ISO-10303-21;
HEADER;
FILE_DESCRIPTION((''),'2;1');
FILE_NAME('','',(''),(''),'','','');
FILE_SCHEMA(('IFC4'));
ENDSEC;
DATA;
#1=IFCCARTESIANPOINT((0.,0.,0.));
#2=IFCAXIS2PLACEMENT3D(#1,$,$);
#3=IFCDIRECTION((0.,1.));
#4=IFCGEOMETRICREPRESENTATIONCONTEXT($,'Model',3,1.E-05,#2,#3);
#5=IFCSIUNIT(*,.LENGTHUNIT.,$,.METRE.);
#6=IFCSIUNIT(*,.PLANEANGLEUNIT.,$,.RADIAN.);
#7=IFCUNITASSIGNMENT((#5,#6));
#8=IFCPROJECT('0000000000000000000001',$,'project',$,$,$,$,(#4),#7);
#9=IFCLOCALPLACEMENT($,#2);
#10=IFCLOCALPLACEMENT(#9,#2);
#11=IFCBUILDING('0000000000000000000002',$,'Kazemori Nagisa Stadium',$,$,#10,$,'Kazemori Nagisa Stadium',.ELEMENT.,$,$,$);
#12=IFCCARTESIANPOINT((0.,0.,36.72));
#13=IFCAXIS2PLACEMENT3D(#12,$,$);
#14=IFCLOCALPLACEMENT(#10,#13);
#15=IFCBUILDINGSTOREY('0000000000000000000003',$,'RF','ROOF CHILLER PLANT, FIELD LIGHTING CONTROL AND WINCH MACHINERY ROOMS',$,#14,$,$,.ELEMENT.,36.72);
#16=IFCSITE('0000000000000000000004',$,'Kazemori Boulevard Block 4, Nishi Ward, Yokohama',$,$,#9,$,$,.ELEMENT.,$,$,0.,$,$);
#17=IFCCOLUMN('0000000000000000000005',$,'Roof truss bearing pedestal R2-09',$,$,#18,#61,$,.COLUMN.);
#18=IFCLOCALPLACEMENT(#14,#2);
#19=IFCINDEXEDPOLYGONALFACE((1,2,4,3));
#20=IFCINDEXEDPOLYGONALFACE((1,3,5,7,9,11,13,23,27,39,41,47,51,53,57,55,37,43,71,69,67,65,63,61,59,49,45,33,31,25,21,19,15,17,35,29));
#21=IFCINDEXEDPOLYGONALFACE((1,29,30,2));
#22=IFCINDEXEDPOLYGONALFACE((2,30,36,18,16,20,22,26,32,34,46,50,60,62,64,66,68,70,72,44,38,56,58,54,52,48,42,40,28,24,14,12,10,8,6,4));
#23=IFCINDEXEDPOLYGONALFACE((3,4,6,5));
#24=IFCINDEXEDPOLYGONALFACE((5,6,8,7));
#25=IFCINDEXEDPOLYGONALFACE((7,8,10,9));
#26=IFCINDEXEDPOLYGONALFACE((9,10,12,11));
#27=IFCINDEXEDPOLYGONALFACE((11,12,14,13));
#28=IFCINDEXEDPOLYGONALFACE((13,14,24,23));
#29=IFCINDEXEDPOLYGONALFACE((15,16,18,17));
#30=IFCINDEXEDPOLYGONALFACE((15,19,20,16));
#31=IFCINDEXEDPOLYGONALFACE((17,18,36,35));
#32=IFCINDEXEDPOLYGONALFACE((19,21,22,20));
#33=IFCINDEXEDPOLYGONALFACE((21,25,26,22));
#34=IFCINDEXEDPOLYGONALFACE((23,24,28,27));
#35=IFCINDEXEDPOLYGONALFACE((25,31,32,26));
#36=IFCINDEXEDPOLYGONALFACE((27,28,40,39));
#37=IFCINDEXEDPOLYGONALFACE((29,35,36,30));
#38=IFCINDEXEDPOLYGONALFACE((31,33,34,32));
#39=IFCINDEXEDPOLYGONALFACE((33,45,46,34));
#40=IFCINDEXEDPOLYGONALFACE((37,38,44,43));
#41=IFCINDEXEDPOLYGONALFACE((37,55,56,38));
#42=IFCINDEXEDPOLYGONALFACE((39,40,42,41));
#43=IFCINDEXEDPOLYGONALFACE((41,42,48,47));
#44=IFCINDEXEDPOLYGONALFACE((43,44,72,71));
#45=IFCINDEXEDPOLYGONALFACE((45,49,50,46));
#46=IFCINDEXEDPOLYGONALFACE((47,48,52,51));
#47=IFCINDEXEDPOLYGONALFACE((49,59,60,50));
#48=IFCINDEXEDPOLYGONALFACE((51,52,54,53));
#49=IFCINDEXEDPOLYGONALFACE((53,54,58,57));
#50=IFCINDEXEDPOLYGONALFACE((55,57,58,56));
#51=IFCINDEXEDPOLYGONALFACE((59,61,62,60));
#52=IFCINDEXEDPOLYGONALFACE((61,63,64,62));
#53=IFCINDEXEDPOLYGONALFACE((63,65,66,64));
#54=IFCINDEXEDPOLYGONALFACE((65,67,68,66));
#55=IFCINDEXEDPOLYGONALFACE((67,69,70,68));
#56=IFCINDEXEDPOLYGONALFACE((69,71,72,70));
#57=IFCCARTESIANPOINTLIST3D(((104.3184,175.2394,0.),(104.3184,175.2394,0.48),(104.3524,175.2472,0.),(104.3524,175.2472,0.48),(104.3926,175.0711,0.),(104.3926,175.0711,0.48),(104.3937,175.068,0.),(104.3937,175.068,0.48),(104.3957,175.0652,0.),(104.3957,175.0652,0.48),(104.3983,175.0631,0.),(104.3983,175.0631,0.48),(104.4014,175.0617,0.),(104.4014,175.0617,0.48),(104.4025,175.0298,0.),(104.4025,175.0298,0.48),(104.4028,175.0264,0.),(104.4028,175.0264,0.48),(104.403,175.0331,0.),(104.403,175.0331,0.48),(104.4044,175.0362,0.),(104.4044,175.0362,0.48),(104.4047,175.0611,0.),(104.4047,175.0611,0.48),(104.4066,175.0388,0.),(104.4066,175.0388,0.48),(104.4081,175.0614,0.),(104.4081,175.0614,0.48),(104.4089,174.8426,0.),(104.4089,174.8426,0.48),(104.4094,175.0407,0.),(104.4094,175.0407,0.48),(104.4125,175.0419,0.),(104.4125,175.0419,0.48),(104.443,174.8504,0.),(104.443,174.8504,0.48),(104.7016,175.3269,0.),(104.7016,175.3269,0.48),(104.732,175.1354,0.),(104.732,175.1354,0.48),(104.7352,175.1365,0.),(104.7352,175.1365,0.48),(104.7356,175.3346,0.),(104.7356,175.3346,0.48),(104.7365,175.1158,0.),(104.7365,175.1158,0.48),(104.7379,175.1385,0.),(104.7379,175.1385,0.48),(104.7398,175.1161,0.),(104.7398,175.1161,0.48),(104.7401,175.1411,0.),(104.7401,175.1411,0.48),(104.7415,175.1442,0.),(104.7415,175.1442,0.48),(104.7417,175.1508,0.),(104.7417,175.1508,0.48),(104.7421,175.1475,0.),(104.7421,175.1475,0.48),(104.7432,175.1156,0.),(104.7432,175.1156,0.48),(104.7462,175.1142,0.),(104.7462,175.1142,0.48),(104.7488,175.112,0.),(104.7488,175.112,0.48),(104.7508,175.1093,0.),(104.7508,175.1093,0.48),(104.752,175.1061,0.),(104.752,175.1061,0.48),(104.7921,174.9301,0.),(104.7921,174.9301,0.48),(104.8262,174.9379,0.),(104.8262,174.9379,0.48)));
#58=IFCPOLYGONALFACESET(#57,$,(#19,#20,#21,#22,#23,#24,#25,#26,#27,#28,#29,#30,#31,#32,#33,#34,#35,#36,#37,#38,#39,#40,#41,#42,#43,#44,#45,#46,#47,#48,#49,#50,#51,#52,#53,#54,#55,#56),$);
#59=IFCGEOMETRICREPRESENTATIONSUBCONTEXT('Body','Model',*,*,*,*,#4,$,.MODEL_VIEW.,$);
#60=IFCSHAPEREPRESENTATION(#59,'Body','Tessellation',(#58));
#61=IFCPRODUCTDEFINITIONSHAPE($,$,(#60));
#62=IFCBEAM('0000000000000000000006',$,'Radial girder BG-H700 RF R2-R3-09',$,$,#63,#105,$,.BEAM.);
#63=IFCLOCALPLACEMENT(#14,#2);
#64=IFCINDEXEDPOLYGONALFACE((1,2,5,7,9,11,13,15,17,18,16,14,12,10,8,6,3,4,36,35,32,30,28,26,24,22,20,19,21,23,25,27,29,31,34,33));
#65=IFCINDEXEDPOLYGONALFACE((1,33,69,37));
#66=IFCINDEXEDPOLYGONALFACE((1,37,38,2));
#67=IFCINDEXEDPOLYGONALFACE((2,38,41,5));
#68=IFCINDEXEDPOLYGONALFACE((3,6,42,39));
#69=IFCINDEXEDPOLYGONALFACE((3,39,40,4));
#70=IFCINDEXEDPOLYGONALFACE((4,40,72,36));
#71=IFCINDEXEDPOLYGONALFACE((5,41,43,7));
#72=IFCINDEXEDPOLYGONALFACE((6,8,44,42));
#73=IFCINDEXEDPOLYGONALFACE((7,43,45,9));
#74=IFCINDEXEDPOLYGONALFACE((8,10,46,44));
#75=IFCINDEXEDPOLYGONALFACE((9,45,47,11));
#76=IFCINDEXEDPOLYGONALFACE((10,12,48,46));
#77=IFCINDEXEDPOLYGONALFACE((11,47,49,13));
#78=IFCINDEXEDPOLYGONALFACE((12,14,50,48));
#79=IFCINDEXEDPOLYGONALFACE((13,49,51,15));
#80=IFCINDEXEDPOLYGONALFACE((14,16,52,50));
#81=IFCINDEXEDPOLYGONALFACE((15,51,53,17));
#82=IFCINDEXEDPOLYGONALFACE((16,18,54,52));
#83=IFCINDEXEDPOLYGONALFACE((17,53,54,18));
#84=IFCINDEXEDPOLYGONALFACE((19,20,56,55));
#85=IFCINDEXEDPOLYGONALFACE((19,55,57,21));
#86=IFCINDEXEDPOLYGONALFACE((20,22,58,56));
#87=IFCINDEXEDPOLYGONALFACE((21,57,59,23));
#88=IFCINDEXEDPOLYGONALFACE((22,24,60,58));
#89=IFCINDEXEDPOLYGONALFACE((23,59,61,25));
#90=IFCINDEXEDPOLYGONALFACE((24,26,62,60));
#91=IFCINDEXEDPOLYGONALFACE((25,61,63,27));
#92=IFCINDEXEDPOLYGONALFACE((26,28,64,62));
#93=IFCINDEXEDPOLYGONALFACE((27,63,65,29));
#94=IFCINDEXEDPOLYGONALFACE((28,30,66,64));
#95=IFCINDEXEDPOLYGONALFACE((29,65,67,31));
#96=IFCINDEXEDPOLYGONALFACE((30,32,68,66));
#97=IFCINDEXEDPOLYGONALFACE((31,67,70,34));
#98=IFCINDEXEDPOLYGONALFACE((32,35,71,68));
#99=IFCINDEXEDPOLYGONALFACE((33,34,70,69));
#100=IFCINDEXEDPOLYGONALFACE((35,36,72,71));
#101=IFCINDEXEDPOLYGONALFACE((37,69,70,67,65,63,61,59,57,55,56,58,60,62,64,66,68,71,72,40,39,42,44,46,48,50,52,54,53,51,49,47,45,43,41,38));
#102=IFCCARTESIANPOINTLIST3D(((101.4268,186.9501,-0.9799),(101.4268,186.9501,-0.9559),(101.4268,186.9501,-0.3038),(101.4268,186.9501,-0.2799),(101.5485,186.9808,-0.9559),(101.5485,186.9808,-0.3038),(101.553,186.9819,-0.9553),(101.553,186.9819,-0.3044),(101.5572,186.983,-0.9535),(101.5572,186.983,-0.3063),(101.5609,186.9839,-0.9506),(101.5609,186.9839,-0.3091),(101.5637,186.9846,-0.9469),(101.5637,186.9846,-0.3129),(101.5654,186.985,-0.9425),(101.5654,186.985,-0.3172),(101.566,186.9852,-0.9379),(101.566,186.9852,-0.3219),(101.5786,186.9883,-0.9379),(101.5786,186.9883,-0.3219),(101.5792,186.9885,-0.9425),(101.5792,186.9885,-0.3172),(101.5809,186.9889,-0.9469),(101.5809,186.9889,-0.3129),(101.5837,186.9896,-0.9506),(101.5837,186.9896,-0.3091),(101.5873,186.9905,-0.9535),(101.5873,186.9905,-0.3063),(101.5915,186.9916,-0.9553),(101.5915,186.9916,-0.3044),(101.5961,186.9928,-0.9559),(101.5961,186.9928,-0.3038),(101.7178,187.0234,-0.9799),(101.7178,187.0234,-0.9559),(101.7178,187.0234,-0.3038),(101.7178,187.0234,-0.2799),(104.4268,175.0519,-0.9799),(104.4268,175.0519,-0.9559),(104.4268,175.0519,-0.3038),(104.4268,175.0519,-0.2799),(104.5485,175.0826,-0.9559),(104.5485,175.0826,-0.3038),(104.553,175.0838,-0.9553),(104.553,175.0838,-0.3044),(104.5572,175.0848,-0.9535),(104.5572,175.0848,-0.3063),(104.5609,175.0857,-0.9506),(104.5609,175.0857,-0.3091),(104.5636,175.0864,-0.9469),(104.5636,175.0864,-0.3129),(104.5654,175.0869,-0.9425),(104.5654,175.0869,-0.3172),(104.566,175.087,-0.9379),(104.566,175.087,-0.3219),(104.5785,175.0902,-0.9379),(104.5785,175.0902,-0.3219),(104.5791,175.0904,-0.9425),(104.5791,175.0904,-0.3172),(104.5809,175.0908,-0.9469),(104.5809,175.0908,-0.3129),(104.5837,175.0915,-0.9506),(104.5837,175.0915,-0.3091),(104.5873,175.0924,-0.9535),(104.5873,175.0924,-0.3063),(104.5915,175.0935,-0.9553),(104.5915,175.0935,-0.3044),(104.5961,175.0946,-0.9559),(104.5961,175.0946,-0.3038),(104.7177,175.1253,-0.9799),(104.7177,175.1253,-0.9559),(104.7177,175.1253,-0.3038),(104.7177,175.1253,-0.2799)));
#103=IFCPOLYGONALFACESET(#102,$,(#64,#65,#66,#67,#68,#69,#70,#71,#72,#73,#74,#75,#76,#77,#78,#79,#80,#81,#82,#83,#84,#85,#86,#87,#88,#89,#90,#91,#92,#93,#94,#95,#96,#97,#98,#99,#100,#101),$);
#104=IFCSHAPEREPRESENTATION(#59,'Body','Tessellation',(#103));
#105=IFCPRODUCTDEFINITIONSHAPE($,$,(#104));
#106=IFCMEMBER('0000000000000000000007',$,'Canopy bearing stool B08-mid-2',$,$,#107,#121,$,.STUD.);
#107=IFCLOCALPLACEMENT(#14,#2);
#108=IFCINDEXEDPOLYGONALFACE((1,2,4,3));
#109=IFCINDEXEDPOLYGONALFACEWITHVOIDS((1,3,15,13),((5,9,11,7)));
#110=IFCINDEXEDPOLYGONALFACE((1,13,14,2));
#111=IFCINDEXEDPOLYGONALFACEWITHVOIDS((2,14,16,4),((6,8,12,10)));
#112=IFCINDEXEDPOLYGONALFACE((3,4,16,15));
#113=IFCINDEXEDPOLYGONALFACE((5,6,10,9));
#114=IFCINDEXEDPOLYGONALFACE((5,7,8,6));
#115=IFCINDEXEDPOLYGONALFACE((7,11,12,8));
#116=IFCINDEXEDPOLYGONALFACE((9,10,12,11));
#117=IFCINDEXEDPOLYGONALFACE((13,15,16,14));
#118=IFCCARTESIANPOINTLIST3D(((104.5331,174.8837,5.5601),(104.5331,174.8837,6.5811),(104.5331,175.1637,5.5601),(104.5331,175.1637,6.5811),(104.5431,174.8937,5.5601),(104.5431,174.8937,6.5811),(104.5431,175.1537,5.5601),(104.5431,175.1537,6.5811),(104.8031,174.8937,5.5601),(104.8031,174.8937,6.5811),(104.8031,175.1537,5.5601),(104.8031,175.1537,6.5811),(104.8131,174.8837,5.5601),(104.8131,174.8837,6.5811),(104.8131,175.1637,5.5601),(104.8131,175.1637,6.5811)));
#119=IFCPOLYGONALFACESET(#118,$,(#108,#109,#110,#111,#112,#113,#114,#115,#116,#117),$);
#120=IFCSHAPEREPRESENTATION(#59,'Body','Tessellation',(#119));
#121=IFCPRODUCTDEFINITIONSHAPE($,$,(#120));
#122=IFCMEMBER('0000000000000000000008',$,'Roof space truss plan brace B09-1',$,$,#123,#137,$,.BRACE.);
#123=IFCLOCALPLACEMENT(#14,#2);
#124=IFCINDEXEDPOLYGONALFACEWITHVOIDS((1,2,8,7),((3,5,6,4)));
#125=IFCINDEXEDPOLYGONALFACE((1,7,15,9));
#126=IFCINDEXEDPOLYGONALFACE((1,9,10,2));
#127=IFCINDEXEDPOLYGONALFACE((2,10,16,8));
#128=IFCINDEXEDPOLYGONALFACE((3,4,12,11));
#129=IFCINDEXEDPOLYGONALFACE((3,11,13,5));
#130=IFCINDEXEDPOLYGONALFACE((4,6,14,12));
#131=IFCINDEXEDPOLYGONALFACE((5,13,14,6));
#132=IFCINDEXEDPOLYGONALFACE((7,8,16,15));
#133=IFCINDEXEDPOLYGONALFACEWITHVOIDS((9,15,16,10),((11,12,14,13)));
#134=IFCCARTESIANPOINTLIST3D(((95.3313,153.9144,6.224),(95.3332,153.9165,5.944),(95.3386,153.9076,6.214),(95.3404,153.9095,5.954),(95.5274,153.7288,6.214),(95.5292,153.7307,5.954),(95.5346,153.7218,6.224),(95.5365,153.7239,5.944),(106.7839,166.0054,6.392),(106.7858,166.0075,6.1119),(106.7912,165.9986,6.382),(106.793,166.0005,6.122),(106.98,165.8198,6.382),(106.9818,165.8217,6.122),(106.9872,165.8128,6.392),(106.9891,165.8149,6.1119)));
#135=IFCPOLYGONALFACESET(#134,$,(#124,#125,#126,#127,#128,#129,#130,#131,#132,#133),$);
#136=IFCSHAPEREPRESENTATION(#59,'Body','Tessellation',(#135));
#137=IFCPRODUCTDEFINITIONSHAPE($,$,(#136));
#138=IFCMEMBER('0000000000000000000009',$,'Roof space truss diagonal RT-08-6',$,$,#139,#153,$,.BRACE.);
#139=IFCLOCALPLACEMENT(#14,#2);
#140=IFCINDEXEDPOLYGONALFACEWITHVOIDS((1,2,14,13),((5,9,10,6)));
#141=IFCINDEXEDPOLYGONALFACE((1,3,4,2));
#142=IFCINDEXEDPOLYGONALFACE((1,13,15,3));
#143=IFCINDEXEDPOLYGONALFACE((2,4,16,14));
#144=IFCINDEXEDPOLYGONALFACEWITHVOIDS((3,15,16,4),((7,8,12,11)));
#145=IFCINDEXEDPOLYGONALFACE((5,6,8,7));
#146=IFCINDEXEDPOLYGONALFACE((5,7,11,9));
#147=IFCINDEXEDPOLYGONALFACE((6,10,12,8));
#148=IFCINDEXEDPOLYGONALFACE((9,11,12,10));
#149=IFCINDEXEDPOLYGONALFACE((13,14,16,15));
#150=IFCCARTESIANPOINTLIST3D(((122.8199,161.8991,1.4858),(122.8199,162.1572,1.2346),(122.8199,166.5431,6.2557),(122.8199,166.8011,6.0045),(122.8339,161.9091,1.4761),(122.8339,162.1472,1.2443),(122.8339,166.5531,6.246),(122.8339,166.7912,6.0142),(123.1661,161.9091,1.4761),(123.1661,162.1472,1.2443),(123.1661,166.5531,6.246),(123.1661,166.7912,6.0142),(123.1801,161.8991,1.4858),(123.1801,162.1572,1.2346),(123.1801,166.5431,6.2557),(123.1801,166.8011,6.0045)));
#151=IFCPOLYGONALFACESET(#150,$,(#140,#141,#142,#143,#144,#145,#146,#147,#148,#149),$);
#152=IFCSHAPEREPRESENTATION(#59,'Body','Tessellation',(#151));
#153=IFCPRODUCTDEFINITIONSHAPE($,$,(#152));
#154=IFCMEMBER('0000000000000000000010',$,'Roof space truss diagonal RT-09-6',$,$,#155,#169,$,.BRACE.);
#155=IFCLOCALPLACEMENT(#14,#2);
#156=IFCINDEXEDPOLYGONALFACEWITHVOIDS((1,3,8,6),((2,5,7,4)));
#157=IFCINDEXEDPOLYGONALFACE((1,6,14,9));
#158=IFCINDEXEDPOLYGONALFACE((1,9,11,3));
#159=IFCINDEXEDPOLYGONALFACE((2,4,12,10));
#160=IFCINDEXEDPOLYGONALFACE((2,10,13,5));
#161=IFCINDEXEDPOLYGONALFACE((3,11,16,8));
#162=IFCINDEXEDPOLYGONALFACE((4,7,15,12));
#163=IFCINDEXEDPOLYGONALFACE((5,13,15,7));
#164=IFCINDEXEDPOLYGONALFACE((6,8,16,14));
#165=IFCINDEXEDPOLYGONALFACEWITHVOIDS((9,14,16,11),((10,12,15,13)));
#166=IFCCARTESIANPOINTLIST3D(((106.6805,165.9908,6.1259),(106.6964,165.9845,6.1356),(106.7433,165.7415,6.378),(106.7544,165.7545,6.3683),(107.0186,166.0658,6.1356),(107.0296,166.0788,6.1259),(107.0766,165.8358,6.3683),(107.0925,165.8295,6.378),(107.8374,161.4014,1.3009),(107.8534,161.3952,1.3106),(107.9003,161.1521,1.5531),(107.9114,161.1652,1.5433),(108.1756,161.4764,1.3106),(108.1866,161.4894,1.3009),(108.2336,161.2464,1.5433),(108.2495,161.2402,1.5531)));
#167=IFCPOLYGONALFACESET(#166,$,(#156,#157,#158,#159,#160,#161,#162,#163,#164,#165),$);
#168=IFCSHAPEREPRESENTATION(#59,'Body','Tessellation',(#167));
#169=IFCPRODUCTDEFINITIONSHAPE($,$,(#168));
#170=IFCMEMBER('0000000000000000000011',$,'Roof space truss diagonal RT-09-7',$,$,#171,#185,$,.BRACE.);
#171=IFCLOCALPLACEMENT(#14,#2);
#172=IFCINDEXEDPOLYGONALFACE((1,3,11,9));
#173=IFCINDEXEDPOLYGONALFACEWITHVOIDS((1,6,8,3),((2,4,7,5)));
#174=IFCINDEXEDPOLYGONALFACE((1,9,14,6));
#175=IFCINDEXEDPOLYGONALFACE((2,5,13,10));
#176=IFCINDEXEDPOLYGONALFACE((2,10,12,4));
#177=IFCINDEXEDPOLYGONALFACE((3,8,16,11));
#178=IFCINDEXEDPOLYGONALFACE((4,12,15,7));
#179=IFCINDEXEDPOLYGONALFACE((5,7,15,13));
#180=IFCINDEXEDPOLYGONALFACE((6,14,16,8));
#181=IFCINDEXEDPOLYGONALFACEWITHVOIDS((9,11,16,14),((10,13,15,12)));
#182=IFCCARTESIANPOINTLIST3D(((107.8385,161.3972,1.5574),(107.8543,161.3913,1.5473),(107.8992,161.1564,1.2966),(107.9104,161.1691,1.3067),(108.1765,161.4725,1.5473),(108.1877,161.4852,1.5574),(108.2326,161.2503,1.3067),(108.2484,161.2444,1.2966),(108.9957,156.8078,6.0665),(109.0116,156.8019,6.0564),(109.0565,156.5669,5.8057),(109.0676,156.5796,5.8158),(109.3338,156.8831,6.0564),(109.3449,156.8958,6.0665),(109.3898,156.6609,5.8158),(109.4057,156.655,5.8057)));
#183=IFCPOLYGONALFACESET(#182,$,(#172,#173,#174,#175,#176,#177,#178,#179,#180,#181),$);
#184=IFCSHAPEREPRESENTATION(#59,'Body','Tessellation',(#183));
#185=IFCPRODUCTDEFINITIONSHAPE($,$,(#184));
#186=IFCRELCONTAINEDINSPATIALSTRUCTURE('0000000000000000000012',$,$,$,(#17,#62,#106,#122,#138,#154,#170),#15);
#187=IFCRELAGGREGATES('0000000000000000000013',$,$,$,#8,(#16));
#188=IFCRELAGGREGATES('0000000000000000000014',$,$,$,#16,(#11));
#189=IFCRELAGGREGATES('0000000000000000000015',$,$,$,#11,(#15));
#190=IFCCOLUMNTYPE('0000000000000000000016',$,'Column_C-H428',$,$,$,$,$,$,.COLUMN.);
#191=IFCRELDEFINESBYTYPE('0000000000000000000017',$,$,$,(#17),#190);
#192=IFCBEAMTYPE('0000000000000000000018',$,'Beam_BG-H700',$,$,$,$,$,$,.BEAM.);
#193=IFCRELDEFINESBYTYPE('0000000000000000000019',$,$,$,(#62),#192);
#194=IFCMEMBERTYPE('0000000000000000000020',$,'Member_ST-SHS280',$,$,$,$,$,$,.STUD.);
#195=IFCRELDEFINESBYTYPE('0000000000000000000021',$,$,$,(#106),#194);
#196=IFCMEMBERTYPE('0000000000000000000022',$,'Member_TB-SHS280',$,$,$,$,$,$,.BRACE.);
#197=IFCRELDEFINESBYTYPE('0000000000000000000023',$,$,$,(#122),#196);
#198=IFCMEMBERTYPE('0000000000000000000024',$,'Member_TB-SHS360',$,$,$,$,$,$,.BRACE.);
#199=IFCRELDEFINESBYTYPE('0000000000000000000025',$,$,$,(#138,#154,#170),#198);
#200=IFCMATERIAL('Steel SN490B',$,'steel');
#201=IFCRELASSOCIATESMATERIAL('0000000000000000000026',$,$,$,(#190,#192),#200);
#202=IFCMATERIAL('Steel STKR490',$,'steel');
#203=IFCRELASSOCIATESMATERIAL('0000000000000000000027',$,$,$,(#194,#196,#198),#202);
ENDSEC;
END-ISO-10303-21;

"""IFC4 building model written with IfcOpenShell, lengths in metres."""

from ifc_helpers import new_model, si_unit, direction, frame, origin, origin_2d, place, context, subcontext, project, spatial, hollow_rectangle, i_section, extrude, material, material_profile, profile_set, type_object, element, save


model = new_model("IFC4")

# Units and contexts
model_context = context("Model", 3, precision=1e-05, world=origin(), true_north=direction((0.0, 1.0)))
body_context = subcontext(model_context, "Body", "Model", "MODEL_VIEW")
ifc_project = project(units=[si_unit("LENGTHUNIT", "METRE"), si_unit("PLANEANGLEUNIT", "RADIAN")], contexts=[model_context])

# Site, building, storey
site_placement = place(None, origin())
site = spatial("IfcSite", under=ifc_project, at=site_placement, Name="Kazemori Boulevard Block 4, Nishi Ward, Yokohama", CompositionType="ELEMENT", RefElevation=0.0)
building_placement = place(site_placement, origin())
building = spatial("IfcBuilding", under=site, at=building_placement, Name="Kazemori Nagisa Stadium", LongName="Kazemori Nagisa Stadium", CompositionType="ELEMENT")
storey_placement = place(building_placement, frame((0.0, 0.0, 36.72)))
storey = spatial("IfcBuildingStorey", under=building, at=storey_placement, Name="RF", Description="ROOF CHILLER PLANT, FIELD LIGHTING CONTROL AND WINCH MACHINERY ROOMS", CompositionType="ELEMENT", Elevation=36.72)

# Column
ifc_material_1 = material(Name="Steel SN490B", Category="steel")
ifc_material_profile_1 = material_profile(ifc_material_1, i_section(OverallWidth=0.407, OverallDepth=0.428, WebThickness=0.02, FlangeThickness=0.0349, FilletRadius=0.0129, at=origin_2d()), Name="H-428x407x20x35")
ifc_profile_set_1 = profile_set([ifc_material_profile_1], Name="Steel SN490B")
column_type = type_object("IfcColumnType", Name="Column_C-H428", PredefinedType="COLUMN", material=ifc_profile_set_1)
column_placement = place(storey_placement, frame((104.5723, 175.0886, 0.0), z_axis=(0.0, 0.0, 1.0), x_axis=(-0.222521, 0.974928, 0.0)))
element("IfcColumn", 1, at=column_placement, inside=storey, type_object=column_type, Name="Roof truss bearing pedestal R2-09", PredefinedType="COLUMN", context=body_context, shape_type="SweptSolid", body=[
    extrude(i_section(OverallWidth=0.407, OverallDepth=0.428, WebThickness=0.02, FlangeThickness=0.0349, FilletRadius=0.0129, at=origin_2d()), origin(), (0.0, 0.0, 1.0), 0.48),
])

# Beam
ifc_material_profile_2 = material_profile(ifc_material_1, i_section(OverallWidth=0.3, OverallDepth=0.7, WebThickness=0.0129, FlangeThickness=0.0239, FilletRadius=0.0181, at=origin_2d()), Name="H-700x300x13x24")
ifc_profile_set_2 = profile_set([ifc_material_profile_2], Name="Steel SN490B")
beam_type = type_object("IfcBeamType", Name="Beam_BG-H700", PredefinedType="BEAM", material=ifc_profile_set_2)
beam_placement = place(storey_placement, frame((104.5723, 175.0886, -0.6299), z_axis=(-0.244487, 0.969652, 0.0), x_axis=(-0.969652, -0.244487, 0.0)))
element("IfcBeam", 2, at=beam_placement, inside=storey, type_object=beam_type, Name="Radial girder BG-H700 RF R2-R3-09", PredefinedType="BEAM", context=body_context, shape_type="SweptSolid", body=[
    extrude(i_section(OverallWidth=0.3, OverallDepth=0.7, WebThickness=0.0129, FlangeThickness=0.0239, FilletRadius=0.0181, at=origin_2d()), origin(), (0.0, 0.0, 1.0), 12.2705),
])

# Members
ifc_material_2 = material(Name="Steel STKR490", Category="steel")
ifc_material_profile_3 = material_profile(ifc_material_2, hollow_rectangle(XDim=0.28, YDim=0.28, WallThickness=0.01, at=origin_2d()), Name="SHS-280x280x10")
ifc_profile_set_3 = profile_set([ifc_material_profile_3], Name="Steel STKR490")
member_type_1 = type_object("IfcMemberType", Name="Member_ST-SHS280", PredefinedType="STUD", material=ifc_profile_set_3)
member_1_placement = place(storey_placement, frame((104.6731, 175.0237, 5.5601), z_axis=(0.0, 0.0, 1.0), x_axis=(1.0, 0.0, 0.0)))
element("IfcMember", 3, at=member_1_placement, inside=storey, type_object=member_type_1, Name="Canopy bearing stool B08-mid-2", PredefinedType="STUD", context=body_context, shape_type="SweptSolid", body=[
    extrude(hollow_rectangle(XDim=0.28, YDim=0.28, WallThickness=0.01, at=origin_2d()), origin(), (0.0, 0.0, 1.0), 1.021),
])
ifc_material_profile_4 = material_profile(ifc_material_2, hollow_rectangle(XDim=0.28, YDim=0.28, WallThickness=0.01, at=origin_2d()), Name="SHS-280x280x10")
ifc_profile_set_4 = profile_set([ifc_material_profile_4], Name="Steel STKR490")
member_type_2 = type_object("IfcMemberType", Name="Member_TB-SHS280", PredefinedType="BRACE", material=ifc_profile_set_4)
member_2_placement = place(storey_placement, frame((106.8865, 165.9102, 6.252), z_axis=(-0.687645, -0.725977, -0.010085), x_axis=(0.726014, -0.68768, 0.0)))
element("IfcMember", 4, at=member_2_placement, inside=storey, type_object=member_type_2, Name="Roof space truss plan brace B09-1", PredefinedType="BRACE", context=body_context, shape_type="SweptSolid", body=[
    extrude(hollow_rectangle(XDim=0.28, YDim=0.28, WallThickness=0.01, at=origin_2d()), origin(), (0.0, 0.0, 1.0), 16.6548),
])
ifc_material_profile_5 = material_profile(ifc_material_2, hollow_rectangle(XDim=0.3601, YDim=0.3601, WallThickness=0.0139, at=origin_2d()), Name="SHS-360x360x14")
ifc_profile_set_5 = profile_set([ifc_material_profile_5], Name="Steel STKR490")
member_type_3 = type_object("IfcMemberType", Name="Member_TB-SHS360", PredefinedType="BRACE", material=ifc_profile_set_5)
member_3_placement = place(storey_placement, frame((123.0, 166.6721, 6.1301), z_axis=(0.0, -0.697582, -0.716505), x_axis=(1.0, 0.0, 0.0)))
element("IfcMember", 5, at=member_3_placement, inside=storey, type_object=member_type_3, Name="Roof space truss diagonal RT-08-6", PredefinedType="BRACE", context=body_context, shape_type="SweptSolid", body=[
    extrude(hollow_rectangle(XDim=0.3601, YDim=0.3601, WallThickness=0.0139, at=origin_2d()), origin(), (0.0, 0.0, 1.0), 6.6572),
])
member_4_placement = place(storey_placement, frame((106.8865, 165.9102, 6.252), z_axis=(0.171182, -0.679022, -0.71388), x_axis=(0.969661, 0.244453, 0.0)))
element("IfcMember", 6, at=member_4_placement, inside=storey, type_object=member_type_3, Name="Roof space truss diagonal RT-09-6", PredefinedType="BRACE", context=body_context, shape_type="SweptSolid", body=[
    extrude(hollow_rectangle(XDim=0.3601, YDim=0.3601, WallThickness=0.0139, at=origin_2d()), origin(), (0.0, 0.0, 1.0), 6.7588),
])
member_5_placement = place(storey_placement, frame((108.0435, 161.3208, 1.427), z_axis=(0.177026, -0.702055, 0.689768), x_axis=(0.969649, 0.244501, 0.0)))
element("IfcMember", 7, at=member_5_placement, inside=storey, type_object=member_type_3, Name="Roof space truss diagonal RT-09-7", PredefinedType="BRACE", context=body_context, shape_type="SweptSolid", body=[
    extrude(hollow_rectangle(XDim=0.3601, YDim=0.3601, WallThickness=0.0139, at=origin_2d()), origin(), (0.0, 0.0, 1.0), 6.5371),
])

save(model, "model.ifc")
